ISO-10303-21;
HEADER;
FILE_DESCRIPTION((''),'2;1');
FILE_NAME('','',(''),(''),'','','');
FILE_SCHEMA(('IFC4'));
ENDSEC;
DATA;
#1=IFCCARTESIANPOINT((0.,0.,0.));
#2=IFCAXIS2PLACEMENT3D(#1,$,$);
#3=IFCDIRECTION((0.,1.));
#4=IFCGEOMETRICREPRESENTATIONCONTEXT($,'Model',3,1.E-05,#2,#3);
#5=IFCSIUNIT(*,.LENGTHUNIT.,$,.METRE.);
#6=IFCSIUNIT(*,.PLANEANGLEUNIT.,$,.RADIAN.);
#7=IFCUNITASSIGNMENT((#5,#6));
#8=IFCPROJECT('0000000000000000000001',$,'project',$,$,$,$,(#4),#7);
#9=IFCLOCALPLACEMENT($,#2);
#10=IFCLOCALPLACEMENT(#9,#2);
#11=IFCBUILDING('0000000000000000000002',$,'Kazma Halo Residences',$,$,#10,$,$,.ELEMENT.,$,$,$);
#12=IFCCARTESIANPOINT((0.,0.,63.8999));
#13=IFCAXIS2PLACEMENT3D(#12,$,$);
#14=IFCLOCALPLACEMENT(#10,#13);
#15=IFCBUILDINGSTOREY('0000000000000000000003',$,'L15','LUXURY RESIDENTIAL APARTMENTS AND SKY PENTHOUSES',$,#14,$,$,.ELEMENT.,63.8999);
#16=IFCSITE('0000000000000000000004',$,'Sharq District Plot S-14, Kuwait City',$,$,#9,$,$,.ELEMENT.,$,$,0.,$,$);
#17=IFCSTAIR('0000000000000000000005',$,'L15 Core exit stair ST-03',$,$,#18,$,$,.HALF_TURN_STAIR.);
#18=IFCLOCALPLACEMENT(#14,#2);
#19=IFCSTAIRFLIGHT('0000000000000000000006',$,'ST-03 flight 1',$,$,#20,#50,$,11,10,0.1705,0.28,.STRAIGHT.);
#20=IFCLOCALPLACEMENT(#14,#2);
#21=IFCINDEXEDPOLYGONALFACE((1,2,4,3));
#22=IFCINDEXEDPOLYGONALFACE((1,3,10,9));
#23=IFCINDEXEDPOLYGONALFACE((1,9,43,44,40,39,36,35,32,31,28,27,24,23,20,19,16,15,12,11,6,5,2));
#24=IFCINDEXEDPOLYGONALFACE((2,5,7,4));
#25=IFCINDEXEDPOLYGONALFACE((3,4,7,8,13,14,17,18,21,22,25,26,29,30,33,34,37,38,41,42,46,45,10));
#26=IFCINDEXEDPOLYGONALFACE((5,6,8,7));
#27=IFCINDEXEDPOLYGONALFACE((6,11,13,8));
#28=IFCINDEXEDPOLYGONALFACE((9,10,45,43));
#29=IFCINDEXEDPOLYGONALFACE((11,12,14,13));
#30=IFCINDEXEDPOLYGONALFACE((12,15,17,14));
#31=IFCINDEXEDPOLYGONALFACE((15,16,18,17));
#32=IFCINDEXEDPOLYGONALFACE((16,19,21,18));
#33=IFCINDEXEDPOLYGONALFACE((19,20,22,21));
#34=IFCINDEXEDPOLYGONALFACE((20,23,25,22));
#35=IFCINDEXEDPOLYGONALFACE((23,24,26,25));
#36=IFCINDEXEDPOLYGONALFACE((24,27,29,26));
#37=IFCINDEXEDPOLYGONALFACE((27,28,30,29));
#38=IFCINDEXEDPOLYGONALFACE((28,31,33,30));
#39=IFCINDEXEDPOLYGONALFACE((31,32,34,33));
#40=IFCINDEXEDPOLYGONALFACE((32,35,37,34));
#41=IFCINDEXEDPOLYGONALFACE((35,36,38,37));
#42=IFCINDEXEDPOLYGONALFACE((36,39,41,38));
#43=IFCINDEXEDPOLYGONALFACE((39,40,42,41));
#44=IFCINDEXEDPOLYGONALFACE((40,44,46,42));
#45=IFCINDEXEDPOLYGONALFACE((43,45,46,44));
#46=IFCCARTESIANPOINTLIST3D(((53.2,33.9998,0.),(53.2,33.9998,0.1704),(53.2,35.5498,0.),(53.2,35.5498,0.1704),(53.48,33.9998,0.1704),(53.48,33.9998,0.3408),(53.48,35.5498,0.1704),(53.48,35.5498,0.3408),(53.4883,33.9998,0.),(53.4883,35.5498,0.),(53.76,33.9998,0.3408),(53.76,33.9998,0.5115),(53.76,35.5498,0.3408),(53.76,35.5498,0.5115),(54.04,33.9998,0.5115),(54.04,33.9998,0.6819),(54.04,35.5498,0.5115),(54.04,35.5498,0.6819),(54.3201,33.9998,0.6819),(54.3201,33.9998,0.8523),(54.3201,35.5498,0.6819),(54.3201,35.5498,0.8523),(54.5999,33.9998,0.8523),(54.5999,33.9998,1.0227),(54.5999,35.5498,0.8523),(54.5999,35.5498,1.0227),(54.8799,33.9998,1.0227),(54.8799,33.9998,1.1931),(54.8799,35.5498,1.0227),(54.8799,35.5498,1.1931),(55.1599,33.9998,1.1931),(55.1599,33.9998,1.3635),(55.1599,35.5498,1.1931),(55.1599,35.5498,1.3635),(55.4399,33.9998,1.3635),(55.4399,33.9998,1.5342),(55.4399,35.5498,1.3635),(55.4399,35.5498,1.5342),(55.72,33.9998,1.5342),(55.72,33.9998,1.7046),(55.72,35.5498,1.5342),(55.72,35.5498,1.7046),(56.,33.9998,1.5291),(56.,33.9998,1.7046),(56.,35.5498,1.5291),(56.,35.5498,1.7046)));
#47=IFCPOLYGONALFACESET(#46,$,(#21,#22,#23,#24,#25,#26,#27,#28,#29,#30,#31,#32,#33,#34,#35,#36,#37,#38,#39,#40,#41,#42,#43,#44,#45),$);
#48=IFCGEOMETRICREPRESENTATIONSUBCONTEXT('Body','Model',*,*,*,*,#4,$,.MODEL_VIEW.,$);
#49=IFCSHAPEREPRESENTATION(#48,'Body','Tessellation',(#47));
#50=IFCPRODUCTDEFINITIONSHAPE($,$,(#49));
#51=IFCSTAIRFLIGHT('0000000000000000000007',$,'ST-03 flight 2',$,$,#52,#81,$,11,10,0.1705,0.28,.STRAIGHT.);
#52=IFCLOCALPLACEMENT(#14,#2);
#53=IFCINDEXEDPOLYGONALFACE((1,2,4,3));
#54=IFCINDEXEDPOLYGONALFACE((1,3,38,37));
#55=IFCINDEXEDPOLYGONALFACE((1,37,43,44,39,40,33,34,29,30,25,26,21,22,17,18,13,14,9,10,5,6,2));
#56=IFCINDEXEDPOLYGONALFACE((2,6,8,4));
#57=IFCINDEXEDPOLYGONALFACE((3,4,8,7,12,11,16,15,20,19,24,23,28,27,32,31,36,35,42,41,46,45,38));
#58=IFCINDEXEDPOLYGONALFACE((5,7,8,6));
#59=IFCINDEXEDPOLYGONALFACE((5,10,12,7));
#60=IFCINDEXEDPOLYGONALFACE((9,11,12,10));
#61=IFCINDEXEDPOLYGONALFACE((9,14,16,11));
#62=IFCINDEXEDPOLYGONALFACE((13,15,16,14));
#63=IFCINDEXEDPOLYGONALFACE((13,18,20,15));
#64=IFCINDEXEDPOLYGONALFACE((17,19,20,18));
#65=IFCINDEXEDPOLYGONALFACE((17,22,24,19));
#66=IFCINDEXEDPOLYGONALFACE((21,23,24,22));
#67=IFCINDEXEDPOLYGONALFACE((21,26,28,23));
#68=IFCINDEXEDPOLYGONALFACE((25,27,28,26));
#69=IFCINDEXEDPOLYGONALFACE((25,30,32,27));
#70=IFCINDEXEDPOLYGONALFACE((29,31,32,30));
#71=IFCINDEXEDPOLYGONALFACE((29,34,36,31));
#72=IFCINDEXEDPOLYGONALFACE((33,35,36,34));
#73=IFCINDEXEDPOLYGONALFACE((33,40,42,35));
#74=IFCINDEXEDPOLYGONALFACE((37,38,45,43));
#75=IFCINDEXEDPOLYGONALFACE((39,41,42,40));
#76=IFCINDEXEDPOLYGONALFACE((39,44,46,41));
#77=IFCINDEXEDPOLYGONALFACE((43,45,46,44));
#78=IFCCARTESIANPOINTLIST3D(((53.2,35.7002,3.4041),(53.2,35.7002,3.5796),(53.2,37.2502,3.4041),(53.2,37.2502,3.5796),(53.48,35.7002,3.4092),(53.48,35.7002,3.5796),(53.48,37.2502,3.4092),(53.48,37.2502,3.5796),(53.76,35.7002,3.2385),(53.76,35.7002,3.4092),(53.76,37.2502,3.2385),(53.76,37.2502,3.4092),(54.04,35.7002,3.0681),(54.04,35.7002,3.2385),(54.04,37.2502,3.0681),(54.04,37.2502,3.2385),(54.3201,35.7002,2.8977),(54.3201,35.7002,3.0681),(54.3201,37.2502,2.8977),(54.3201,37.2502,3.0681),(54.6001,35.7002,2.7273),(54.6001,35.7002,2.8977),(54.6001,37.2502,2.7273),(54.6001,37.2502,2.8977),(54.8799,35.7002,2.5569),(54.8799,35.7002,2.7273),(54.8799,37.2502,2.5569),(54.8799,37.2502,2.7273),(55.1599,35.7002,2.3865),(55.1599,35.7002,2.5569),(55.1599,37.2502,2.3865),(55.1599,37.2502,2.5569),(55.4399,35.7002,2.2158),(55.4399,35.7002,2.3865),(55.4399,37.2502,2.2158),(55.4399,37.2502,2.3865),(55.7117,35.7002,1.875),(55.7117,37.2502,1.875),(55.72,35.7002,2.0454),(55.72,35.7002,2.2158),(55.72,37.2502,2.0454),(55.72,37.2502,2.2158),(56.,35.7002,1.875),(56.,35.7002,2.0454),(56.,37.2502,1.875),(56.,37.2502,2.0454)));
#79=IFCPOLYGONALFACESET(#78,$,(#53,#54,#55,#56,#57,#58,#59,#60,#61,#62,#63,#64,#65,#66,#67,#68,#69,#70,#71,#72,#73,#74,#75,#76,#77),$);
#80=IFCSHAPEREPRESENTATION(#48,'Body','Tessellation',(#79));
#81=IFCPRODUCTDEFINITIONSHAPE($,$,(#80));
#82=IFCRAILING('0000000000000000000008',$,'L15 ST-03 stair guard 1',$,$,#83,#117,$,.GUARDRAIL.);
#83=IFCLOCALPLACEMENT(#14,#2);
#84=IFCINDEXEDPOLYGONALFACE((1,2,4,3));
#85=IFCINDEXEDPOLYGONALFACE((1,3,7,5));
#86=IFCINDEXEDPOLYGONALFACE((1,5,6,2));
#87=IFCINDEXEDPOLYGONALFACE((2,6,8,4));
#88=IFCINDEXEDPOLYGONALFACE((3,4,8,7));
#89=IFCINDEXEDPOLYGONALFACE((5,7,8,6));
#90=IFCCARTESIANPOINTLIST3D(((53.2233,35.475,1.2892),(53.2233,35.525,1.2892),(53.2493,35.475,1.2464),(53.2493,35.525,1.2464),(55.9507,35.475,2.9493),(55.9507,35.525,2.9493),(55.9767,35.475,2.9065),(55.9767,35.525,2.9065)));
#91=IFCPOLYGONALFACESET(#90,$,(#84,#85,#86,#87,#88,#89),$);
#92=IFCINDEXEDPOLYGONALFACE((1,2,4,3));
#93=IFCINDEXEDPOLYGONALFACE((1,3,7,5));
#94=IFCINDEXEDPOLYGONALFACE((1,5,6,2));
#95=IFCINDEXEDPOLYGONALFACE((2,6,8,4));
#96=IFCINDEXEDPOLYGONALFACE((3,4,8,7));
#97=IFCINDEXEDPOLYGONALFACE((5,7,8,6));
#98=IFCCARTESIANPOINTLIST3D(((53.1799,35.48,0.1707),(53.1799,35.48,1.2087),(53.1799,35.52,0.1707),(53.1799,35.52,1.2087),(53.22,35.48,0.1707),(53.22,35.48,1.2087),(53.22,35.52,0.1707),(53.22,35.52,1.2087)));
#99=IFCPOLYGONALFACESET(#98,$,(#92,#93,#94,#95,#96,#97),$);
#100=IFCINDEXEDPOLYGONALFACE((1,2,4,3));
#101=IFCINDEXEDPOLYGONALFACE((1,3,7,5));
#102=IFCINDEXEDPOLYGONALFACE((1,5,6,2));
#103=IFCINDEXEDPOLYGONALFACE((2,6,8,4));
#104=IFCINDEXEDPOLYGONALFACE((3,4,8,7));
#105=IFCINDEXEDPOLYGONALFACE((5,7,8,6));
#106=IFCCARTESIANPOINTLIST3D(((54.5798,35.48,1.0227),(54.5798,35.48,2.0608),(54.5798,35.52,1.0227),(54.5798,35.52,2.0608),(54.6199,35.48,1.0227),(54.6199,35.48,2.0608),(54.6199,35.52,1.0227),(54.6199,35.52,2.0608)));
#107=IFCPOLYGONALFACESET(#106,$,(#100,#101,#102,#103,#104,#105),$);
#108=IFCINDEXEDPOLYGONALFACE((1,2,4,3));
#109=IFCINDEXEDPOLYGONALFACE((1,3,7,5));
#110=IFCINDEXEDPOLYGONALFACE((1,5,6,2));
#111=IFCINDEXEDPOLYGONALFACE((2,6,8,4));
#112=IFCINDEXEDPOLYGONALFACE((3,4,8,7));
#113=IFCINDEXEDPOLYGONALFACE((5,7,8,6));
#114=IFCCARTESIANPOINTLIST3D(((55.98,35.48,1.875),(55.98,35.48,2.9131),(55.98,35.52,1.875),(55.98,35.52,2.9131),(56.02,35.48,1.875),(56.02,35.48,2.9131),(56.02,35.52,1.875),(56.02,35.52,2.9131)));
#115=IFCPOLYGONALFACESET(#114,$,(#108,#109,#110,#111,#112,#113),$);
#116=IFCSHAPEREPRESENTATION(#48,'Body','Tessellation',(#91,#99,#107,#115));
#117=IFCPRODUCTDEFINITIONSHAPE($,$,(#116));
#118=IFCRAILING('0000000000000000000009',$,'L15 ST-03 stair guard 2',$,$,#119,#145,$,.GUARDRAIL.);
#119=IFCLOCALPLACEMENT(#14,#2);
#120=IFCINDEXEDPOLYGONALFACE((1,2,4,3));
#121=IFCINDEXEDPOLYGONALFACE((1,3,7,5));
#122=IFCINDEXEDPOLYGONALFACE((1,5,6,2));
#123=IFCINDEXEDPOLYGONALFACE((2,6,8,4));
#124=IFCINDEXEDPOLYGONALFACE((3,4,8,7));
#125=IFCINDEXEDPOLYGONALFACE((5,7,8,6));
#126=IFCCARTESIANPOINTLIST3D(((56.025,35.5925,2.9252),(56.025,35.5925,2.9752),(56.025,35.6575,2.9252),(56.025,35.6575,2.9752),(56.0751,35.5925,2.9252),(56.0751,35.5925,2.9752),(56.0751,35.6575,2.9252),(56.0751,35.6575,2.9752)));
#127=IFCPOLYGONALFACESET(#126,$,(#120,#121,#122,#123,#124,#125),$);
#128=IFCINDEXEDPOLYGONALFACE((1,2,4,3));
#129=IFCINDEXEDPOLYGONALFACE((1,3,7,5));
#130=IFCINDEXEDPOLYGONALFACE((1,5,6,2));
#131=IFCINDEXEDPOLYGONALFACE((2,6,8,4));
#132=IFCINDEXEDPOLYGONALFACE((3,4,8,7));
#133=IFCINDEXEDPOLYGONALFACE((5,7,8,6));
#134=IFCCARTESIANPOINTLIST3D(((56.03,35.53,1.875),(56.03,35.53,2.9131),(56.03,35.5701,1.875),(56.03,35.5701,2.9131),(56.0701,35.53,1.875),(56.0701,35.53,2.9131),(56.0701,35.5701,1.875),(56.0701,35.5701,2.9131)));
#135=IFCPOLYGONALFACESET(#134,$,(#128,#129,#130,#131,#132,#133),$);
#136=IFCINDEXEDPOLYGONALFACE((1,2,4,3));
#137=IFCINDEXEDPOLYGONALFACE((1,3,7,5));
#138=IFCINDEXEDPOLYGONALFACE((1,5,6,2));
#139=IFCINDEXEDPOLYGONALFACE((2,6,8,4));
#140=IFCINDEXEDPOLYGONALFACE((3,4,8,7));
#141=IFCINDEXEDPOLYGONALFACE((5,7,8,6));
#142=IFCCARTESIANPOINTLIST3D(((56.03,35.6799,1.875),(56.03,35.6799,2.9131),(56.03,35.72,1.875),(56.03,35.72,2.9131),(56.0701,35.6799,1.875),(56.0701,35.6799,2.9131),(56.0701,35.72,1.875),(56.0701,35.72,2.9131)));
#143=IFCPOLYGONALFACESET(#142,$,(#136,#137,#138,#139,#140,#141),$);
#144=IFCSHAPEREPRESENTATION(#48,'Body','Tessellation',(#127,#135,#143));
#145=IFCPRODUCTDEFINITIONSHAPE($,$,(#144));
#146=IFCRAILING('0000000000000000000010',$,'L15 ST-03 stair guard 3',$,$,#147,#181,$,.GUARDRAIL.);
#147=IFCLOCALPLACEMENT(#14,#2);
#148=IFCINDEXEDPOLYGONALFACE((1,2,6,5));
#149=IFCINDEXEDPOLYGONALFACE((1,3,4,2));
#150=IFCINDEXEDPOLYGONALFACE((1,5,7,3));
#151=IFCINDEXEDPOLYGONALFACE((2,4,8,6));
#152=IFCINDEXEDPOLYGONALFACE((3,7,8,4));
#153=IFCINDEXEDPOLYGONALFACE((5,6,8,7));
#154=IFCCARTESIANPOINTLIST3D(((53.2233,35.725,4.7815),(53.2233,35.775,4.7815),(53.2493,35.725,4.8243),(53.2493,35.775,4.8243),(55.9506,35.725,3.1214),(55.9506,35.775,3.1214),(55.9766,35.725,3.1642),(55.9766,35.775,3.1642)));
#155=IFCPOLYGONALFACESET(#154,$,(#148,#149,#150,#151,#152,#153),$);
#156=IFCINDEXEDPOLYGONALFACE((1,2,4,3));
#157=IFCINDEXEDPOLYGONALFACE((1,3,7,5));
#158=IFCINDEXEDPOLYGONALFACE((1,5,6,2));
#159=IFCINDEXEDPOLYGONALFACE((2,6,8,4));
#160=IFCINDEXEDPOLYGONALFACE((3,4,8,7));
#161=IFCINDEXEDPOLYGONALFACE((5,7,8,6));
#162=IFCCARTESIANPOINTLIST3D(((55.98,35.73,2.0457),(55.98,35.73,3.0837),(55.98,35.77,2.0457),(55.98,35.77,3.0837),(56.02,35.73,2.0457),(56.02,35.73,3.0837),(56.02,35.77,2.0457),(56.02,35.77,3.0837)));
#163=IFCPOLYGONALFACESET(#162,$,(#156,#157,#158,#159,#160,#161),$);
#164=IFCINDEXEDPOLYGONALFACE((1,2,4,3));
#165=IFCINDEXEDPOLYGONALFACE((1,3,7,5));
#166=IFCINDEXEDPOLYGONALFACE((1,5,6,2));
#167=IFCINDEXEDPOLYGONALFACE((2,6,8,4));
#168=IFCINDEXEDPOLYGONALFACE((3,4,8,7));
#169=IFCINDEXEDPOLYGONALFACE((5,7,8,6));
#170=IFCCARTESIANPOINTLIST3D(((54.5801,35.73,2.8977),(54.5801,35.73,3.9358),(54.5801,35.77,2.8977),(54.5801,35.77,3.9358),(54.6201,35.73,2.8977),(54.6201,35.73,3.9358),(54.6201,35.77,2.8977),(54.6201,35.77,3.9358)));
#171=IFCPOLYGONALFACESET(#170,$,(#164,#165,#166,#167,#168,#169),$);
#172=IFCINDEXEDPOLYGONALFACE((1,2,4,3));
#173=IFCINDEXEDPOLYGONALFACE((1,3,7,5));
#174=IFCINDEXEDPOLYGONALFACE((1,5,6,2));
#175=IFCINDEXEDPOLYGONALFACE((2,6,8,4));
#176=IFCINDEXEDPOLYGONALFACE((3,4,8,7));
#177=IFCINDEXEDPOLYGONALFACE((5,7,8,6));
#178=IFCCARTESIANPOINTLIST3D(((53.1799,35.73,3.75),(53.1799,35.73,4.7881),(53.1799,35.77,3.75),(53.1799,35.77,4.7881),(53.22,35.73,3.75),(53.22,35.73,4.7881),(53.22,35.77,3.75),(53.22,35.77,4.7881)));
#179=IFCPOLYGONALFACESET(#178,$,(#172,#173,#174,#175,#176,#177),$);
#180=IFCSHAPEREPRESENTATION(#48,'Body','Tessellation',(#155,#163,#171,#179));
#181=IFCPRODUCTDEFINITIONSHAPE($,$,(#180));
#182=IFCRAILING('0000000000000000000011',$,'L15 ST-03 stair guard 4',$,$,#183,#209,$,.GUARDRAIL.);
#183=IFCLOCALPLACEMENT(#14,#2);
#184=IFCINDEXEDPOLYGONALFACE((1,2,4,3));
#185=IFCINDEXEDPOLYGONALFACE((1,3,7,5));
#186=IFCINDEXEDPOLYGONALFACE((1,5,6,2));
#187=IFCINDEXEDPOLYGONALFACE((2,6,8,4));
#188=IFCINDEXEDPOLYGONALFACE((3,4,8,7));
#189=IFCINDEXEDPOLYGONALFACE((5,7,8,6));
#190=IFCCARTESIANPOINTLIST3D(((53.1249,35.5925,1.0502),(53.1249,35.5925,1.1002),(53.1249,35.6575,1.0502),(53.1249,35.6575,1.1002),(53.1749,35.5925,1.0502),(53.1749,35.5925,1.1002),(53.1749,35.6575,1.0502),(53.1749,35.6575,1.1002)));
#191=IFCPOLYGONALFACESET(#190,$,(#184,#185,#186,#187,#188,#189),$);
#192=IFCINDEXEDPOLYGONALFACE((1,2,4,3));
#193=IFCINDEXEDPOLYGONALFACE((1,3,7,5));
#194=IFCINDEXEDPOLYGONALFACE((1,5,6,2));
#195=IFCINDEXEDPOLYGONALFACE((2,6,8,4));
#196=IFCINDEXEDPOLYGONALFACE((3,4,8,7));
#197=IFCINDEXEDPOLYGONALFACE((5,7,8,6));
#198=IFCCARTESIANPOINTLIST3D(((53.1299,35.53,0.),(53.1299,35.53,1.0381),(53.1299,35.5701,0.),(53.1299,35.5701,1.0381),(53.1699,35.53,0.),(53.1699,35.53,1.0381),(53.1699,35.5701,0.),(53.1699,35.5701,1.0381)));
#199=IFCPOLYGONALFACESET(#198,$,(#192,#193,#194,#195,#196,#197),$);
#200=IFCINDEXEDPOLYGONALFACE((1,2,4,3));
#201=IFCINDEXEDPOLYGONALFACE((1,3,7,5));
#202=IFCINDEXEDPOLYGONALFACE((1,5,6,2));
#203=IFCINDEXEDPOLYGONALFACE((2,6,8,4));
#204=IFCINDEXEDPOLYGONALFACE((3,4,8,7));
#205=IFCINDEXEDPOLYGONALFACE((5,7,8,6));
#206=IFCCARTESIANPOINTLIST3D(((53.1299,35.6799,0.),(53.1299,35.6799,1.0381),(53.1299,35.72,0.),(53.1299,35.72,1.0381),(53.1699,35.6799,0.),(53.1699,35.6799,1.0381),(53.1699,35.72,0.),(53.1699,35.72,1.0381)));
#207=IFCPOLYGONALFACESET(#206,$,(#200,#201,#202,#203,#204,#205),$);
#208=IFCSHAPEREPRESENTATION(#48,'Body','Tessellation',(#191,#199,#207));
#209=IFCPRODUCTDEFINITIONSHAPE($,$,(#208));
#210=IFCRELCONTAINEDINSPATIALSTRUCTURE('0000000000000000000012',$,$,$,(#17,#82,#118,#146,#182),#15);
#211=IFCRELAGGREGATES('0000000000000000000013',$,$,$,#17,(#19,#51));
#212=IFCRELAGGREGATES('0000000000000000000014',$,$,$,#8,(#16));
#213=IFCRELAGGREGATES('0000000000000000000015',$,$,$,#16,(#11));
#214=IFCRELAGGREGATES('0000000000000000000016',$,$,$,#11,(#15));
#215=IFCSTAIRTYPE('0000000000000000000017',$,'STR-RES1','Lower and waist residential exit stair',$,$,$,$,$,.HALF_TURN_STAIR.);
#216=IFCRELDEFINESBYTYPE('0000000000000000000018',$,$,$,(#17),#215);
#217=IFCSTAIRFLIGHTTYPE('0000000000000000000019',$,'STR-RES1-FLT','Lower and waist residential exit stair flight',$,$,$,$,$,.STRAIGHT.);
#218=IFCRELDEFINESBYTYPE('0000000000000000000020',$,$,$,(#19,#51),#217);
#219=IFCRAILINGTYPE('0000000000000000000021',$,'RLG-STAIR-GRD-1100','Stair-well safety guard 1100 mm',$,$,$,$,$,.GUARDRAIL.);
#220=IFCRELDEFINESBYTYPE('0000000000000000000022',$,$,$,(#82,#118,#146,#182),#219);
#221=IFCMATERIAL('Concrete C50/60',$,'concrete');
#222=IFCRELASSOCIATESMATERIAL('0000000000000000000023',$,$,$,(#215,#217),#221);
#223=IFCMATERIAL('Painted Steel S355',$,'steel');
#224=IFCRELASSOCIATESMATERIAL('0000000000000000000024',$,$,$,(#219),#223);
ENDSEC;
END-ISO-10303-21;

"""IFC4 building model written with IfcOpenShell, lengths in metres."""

from ifc_helpers import new_model, si_unit, direction, frame, origin, origin_2d, place, context, subcontext, project, spatial, polyline, rectangle, outline, extrude, material, type_object, element, aggregate, save


model = new_model("IFC4")

# Units and contexts
model_context = context("Model", 3, precision=1e-05, world=origin(), true_north=direction((0.0, 1.0)))
body_context = subcontext(model_context, "Body", "Model", "MODEL_VIEW")
ifc_project = project(units=[si_unit("LENGTHUNIT", "METRE"), si_unit("PLANEANGLEUNIT", "RADIAN")], contexts=[model_context])

# Site, building, storey
site_placement = place(None, origin())
site = spatial("IfcSite", under=ifc_project, at=site_placement, Name="Sharq District Plot S-14, Kuwait City", CompositionType="ELEMENT", RefElevation=0.0)
building_placement = place(site_placement, origin())
building = spatial("IfcBuilding", under=site, at=building_placement, Name="Kazma Halo Residences", CompositionType="ELEMENT")
storey_placement = place(building_placement, frame((0.0, 0.0, 63.8999)))
storey = spatial("IfcBuildingStorey", under=building, at=storey_placement, Name="L15", Description="LUXURY RESIDENTIAL APARTMENTS AND SKY PENTHOUSES", CompositionType="ELEMENT", Elevation=63.8999)

# Shared definitions
ifc_material_1 = material(Name="Concrete C50/60", Category="concrete")

# Stair, stair flights
stair_type = type_object("IfcStairType", Name="STR-RES1", Description="Lower and waist residential exit stair", PredefinedType="HALF_TURN_STAIR", material=ifc_material_1)
stair_placement = place(storey_placement, origin())
stair = element("IfcStair", 1, at=stair_placement, inside=storey, type_object=stair_type, Name="L15 Core exit stair ST-03", PredefinedType="HALF_TURN_STAIR")
stair_flight_type = type_object("IfcStairFlightType", Name="STR-RES1-FLT", Description="Lower and waist residential exit stair flight", PredefinedType="STRAIGHT", material=ifc_material_1)
stair_flight_1_placement = place(storey_placement, frame((53.2, 34.7749, 0.0), z_axis=(0.0, 0.0, 1.0), x_axis=(1.0, 0.0, 0.0)))
stair_flight_1 = element("IfcStairFlight", 2, at=stair_flight_1_placement, type_object=stair_flight_type, Name="ST-03 flight 1", NumberOfRisers=11, NumberOfTreads=10, PredefinedType="STRAIGHT", RiserHeight=0.1705, TreadLength=0.28, context=body_context, shape_type="SweptSolid", body=[
    extrude(outline(polyline([(0.0, 0.0), (0.0, 0.1704), (0.28, 0.1704), (0.28, 0.3408), (0.5601, 0.3408), (0.5601, 0.5115), (0.8401, 0.5115), (0.8401, 0.6819), (1.1201, 0.6819), (1.1201, 0.8523), (1.3999, 0.8523), (1.3999, 1.0227), (1.6799, 1.0227), (1.6799, 1.1931), (1.96, 1.1931), (1.96, 1.3635), (2.24, 1.3635), (2.24, 1.5342), (2.52, 1.5342), (2.52, 1.7046), (2.8, 1.7046), (2.8, 1.875), (2.8, 1.5291), (0.2883, 0.0), (0.0, 0.0)])), frame((0.0, 0.7749, 0.0), z_axis=(0.0, -1.0, 0.0), x_axis=(1.0, 0.0, 0.0)), (0.0, 0.0, 1.0), 1.55),
])
stair_flight_2_placement = place(storey_placement, frame((56.0, 36.4751, 1.875), z_axis=(0.0, 0.0, 1.0), x_axis=(-1.0, 0.0, 0.0)))
stair_flight_2 = element("IfcStairFlight", 3, at=stair_flight_2_placement, type_object=stair_flight_type, Name="ST-03 flight 2", NumberOfRisers=11, NumberOfTreads=10, PredefinedType="STRAIGHT", RiserHeight=0.1705, TreadLength=0.28, context=body_context, shape_type="SweptSolid", body=[
    extrude(outline(polyline([(0.0, 0.0), (0.0, 0.1704), (0.28, 0.1704), (0.28, 0.3408), (0.5601, 0.3408), (0.5601, 0.5115), (0.8401, 0.5115), (0.8401, 0.6819), (1.1201, 0.6819), (1.1201, 0.8523), (1.3999, 0.8523), (1.3999, 1.0227), (1.6799, 1.0227), (1.6799, 1.1931), (1.96, 1.1931), (1.96, 1.3635), (2.24, 1.3635), (2.24, 1.5342), (2.52, 1.5342), (2.52, 1.7046), (2.8, 1.7046), (2.8, 1.875), (2.8, 1.5291), (0.2883, 0.0), (0.0, 0.0)])), frame((0.0, 0.7749, 0.0), z_axis=(0.0, -1.0, 0.0), x_axis=(1.0, 0.0, 0.0)), (0.0, 0.0, 1.0), 1.55),
])
aggregate(stair, [stair_flight_1, stair_flight_2])

# Railings
ifc_material_2 = material(Name="Painted Steel S355", Category="steel")
railing_type_1 = type_object("IfcRailingType", Name="RLG-STAIR-GRD-1100", Description="Stair-well safety guard 1100 mm", PredefinedType="GUARDRAIL", material=ifc_material_2)
railing_1_placement = place(storey_placement, frame((53.2, 35.5, 0.1707)))
element("IfcRailing", 4, at=railing_1_placement, inside=storey, type_object=railing_type_1, Name="L15 ST-03 stair guard 1", PredefinedType="GUARDRAIL", context=body_context, shape_type="SweptSolid", body=[
    extrude(rectangle(XDim=0.05, YDim=0.05, at=origin_2d()), frame((0.0364, 0.0, 1.0972), z_axis=(0.854203, 0.0, 0.51994), x_axis=(0.0, 1.0, 0.0)), (0.0, 0.0, 1.0), 3.1929),
    extrude(rectangle(XDim=0.04, YDim=0.04, at=origin_2d()), origin(), (0.0, 0.0, 1.0), 1.0381),
    extrude(rectangle(XDim=0.04, YDim=0.04, at=origin_2d()), frame((1.3999, 0.0, 0.8521)), (0.0, 0.0, 1.0), 1.0381),
    extrude(rectangle(XDim=0.04, YDim=0.04, at=origin_2d()), frame((2.8, 0.0, 1.7043)), (0.0, 0.0, 1.0), 1.0381),
])
railing_2_placement = place(storey_placement, frame((56.05, 35.55, 1.875)))
element("IfcRailing", 5, at=railing_2_placement, inside=storey, type_object=railing_type_1, Name="L15 ST-03 stair guard 2", PredefinedType="GUARDRAIL", context=body_context, shape_type="SweptSolid", body=[
    extrude(rectangle(XDim=0.05, YDim=0.05, at=origin_2d()), frame((0.0, 0.0425, 1.0752), z_axis=(0.0, 1.0, 0.0), x_axis=(-1.0, 0.0, 0.0)), (0.0, 0.0, 1.0), 0.0649),
    extrude(rectangle(XDim=0.04, YDim=0.04, at=origin_2d()), origin(), (0.0, 0.0, 1.0), 1.0381),
    extrude(rectangle(XDim=0.04, YDim=0.04, at=origin_2d()), frame((0.0, 0.1499, 0.0)), (0.0, 0.0, 1.0), 1.0381),
])
railing_3_placement = place(storey_placement, frame((56.0, 35.75, 2.0457)))
element("IfcRailing", 6, at=railing_3_placement, inside=storey, type_object=railing_type_1, Name="L15 ST-03 stair guard 3", PredefinedType="GUARDRAIL", context=body_context, shape_type="SweptSolid", body=[
    extrude(rectangle(XDim=0.05, YDim=0.05, at=origin_2d()), frame((-0.0364, 0.0, 1.0972), z_axis=(-0.854203, 0.0, 0.51994), x_axis=(0.0, -1.0, 0.0)), (0.0, 0.0, 1.0), 3.1929),
    extrude(rectangle(XDim=0.04, YDim=0.04, at=origin_2d()), origin(), (0.0, 0.0, 1.0), 1.0381),
    extrude(rectangle(XDim=0.04, YDim=0.04, at=origin_2d()), frame((-1.3999, 0.0, 0.8521)), (0.0, 0.0, 1.0), 1.0381),
    extrude(rectangle(XDim=0.04, YDim=0.04, at=origin_2d()), frame((-2.8, 0.0, 1.7043)), (0.0, 0.0, 1.0), 1.0381),
])
railing_4_placement = place(storey_placement, frame((53.1499, 35.55, 0.0)))
element("IfcRailing", 7, at=railing_4_placement, inside=storey, type_object=railing_type_1, Name="L15 ST-03 stair guard 4", PredefinedType="GUARDRAIL", context=body_context, shape_type="SweptSolid", body=[
    extrude(rectangle(XDim=0.05, YDim=0.05, at=origin_2d()), frame((0.0, 0.0425, 1.0752), z_axis=(0.0, 1.0, 0.0), x_axis=(-1.0, 0.0, 0.0)), (0.0, 0.0, 1.0), 0.0649),
    extrude(rectangle(XDim=0.04, YDim=0.04, at=origin_2d()), origin(), (0.0, 0.0, 1.0), 1.0381),
    extrude(rectangle(XDim=0.04, YDim=0.04, at=origin_2d()), frame((0.0, 0.1499, 0.0)), (0.0, 0.0, 1.0), 1.0381),
])

save(model, "model.ifc")
